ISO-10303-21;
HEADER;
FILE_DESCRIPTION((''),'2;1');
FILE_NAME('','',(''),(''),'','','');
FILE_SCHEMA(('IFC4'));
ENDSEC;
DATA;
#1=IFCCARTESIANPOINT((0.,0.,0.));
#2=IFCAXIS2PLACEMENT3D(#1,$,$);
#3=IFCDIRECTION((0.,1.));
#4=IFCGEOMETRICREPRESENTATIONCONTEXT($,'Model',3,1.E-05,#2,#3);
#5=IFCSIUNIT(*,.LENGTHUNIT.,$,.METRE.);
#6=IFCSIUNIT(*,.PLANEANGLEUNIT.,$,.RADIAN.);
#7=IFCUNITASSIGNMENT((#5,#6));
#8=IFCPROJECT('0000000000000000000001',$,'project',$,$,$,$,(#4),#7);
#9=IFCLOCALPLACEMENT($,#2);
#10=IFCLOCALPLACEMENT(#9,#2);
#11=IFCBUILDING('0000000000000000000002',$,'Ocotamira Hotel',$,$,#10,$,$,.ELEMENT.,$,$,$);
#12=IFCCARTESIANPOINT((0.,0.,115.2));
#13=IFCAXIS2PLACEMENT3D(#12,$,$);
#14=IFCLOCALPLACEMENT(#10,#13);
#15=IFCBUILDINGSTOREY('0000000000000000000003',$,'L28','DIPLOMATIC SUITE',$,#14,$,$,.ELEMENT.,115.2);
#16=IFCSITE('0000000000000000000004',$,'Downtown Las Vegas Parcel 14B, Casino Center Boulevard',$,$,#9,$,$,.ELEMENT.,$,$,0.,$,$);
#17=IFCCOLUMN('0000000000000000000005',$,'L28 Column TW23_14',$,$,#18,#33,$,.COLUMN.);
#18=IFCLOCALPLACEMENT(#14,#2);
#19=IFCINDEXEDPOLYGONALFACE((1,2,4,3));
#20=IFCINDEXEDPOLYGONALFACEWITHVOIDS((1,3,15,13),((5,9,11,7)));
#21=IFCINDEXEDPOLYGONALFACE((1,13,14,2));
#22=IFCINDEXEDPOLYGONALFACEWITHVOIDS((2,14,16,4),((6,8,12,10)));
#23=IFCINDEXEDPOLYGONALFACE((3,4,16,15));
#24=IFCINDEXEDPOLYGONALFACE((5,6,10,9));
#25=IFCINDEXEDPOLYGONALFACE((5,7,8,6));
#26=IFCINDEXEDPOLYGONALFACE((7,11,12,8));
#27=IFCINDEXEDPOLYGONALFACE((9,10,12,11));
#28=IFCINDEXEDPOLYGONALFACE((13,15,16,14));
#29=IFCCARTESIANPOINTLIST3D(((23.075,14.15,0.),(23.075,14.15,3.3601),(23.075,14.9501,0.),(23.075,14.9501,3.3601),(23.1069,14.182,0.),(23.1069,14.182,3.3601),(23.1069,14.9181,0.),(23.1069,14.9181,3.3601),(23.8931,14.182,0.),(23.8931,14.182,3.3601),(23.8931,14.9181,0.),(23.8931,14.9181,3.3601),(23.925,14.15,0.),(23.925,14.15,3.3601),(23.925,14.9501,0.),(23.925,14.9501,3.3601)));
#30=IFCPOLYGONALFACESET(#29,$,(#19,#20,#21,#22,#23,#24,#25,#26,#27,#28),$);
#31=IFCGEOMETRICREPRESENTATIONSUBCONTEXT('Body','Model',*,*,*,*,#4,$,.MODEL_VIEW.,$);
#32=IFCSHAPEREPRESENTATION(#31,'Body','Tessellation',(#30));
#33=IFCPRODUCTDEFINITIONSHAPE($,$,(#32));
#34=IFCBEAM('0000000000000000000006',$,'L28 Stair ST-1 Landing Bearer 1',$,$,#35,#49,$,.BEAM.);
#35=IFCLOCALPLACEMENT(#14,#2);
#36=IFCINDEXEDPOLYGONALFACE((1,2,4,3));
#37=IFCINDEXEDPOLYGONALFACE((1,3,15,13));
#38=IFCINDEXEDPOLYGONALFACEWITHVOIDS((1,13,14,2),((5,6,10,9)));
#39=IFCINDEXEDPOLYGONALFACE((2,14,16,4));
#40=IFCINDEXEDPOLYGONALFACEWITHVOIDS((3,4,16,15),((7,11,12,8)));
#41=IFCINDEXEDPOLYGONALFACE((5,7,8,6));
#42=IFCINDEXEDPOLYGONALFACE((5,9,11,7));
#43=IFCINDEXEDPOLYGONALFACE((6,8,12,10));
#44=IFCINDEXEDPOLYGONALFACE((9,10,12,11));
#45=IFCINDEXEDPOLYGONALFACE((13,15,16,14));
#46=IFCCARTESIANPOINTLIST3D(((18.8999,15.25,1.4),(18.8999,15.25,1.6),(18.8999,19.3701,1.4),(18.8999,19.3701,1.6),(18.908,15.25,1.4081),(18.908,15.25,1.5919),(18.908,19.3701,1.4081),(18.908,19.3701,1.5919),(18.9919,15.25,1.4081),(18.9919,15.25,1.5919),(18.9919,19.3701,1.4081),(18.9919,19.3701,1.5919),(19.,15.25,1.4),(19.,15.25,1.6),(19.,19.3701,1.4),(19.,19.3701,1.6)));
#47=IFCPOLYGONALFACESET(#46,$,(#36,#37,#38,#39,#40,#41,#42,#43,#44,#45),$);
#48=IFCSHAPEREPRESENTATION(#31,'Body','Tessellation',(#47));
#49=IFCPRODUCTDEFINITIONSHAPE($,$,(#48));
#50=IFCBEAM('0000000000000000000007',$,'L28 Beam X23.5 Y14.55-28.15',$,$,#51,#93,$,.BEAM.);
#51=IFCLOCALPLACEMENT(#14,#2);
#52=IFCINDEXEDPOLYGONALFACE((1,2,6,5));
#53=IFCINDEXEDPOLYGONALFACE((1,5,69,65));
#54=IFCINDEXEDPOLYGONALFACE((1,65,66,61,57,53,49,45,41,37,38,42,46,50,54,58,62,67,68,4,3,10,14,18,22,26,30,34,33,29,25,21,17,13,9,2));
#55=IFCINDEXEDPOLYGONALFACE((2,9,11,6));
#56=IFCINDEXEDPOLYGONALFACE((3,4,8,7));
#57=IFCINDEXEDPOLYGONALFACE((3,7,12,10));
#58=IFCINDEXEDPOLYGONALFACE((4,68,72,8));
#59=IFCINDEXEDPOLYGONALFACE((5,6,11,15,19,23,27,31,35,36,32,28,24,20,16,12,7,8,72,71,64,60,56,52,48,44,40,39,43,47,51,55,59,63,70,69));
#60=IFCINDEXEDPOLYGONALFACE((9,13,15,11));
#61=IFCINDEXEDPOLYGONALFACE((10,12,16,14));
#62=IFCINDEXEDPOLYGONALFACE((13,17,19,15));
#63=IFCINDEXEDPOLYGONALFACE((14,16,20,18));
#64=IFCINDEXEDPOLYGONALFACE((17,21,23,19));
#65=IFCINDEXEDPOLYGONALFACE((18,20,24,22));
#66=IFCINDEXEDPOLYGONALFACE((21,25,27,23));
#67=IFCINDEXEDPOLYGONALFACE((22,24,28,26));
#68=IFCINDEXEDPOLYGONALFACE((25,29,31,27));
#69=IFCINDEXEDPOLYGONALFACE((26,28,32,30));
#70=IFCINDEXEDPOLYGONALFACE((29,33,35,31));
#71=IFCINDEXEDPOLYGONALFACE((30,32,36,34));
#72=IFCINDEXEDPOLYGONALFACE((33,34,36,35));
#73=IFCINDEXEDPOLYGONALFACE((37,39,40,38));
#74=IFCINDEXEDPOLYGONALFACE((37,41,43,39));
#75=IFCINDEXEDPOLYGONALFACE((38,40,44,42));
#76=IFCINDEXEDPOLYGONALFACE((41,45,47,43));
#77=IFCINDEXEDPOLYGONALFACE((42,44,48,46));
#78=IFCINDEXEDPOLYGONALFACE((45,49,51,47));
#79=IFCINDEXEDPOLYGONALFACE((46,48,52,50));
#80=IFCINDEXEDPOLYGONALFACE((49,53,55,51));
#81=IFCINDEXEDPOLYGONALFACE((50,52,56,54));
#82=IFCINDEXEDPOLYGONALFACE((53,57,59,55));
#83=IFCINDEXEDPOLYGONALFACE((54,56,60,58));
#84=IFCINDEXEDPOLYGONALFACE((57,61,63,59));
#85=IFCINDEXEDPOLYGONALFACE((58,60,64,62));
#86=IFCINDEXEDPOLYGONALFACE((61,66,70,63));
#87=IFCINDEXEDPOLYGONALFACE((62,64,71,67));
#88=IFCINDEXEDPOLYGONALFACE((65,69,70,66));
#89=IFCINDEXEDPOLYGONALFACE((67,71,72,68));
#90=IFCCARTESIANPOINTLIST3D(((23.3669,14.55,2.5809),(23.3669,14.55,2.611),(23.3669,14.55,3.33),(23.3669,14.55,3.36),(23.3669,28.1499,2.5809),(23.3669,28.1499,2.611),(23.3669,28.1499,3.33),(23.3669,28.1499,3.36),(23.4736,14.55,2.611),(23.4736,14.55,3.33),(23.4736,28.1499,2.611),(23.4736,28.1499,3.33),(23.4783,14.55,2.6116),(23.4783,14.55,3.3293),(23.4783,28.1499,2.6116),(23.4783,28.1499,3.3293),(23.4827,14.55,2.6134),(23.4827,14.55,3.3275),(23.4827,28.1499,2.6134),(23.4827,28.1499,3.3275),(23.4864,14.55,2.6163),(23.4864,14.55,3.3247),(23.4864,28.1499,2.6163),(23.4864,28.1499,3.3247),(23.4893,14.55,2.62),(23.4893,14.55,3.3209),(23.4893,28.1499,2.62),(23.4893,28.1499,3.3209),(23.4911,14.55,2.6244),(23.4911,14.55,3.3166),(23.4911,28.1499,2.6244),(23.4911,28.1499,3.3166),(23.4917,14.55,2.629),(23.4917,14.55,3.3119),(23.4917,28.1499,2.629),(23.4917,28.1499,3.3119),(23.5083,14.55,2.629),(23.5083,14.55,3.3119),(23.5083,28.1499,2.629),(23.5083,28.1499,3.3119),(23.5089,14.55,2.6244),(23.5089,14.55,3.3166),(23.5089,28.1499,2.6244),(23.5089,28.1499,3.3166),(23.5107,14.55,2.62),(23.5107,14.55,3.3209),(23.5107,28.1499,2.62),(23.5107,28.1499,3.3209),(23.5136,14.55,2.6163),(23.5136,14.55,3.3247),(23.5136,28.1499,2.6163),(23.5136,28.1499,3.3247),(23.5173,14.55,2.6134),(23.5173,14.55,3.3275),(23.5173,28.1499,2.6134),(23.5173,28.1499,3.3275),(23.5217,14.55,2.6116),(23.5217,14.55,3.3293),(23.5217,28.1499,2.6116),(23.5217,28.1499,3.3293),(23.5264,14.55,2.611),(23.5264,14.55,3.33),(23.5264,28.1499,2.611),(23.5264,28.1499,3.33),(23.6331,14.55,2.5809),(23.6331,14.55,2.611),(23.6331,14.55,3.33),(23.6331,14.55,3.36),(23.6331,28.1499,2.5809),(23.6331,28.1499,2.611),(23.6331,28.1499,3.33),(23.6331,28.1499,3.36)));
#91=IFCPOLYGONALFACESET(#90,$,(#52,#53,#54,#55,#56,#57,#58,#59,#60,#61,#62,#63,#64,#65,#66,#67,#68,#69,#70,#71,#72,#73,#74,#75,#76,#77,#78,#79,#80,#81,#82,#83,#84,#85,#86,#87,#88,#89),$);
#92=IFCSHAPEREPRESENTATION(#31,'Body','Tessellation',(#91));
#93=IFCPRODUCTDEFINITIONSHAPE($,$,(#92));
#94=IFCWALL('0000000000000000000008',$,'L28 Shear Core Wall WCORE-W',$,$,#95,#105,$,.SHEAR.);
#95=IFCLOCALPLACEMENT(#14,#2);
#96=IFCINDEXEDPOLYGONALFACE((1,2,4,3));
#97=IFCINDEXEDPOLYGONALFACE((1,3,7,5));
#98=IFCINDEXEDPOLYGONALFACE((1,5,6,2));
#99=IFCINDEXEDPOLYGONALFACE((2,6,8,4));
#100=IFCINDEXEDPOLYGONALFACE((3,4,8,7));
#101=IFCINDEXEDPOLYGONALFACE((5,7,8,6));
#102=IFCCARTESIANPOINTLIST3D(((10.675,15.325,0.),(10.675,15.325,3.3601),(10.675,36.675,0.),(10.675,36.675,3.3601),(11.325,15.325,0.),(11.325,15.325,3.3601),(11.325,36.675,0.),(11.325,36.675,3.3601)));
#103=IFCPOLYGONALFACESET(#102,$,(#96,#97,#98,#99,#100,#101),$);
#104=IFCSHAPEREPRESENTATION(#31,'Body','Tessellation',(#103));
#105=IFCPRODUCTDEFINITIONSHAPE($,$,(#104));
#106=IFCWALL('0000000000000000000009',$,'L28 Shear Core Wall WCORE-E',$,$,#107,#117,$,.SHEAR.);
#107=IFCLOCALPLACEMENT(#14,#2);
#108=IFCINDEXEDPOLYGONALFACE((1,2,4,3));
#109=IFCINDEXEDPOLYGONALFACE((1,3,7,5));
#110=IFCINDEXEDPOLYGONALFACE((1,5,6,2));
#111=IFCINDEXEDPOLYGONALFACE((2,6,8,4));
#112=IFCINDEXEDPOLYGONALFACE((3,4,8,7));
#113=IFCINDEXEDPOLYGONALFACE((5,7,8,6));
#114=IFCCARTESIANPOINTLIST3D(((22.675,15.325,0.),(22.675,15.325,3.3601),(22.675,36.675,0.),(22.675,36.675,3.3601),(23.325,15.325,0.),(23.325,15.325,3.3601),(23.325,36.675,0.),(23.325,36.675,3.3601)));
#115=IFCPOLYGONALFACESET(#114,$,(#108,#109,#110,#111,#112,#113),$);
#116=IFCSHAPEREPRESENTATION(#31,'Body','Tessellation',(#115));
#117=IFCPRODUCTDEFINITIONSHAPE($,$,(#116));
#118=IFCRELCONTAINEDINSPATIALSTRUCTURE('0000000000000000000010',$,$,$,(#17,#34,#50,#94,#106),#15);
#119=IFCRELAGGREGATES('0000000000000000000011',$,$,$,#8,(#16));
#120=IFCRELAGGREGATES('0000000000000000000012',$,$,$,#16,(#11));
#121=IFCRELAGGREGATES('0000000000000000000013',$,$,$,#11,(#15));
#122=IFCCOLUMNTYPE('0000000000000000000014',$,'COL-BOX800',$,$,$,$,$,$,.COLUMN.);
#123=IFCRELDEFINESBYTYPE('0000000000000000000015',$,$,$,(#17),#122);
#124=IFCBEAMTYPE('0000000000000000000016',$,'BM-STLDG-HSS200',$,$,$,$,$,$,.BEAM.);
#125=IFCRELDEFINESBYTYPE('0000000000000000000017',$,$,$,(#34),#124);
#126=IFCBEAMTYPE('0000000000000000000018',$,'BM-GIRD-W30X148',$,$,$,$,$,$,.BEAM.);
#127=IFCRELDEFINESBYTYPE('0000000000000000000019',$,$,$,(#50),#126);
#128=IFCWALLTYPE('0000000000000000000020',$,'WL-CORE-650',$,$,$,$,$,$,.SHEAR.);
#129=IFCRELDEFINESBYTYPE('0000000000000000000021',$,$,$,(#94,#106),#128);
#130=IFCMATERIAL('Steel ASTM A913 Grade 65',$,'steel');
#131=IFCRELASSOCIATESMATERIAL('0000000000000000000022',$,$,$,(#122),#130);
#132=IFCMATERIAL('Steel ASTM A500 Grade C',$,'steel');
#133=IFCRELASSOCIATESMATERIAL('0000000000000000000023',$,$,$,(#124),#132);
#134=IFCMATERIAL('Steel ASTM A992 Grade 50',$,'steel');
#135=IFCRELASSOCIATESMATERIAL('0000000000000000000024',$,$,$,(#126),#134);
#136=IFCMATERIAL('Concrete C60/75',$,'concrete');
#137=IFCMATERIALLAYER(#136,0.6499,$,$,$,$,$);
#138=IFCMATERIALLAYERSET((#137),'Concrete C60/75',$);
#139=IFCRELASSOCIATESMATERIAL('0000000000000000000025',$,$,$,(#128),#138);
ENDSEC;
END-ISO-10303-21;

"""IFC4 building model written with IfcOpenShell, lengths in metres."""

from ifc_helpers import new_model, si_unit, direction, frame, frame_2d, origin, origin_2d, place, context, subcontext, project, spatial, rectangle, hollow_rectangle, i_section, extrude, source, transform, mapped, material, layer, layer_set, material_profile, profile_set, type_object, element, save


model = new_model("IFC4")

# Units and contexts
model_context = context("Model", 3, precision=1e-05, world=origin(), true_north=direction((0.0, 1.0)))
body_context = subcontext(model_context, "Body", "Model", "MODEL_VIEW")
ifc_project = project(units=[si_unit("LENGTHUNIT", "METRE"), si_unit("PLANEANGLEUNIT", "RADIAN")], contexts=[model_context])

# Site, building, storey
site_placement = place(None, origin())
site = spatial("IfcSite", under=ifc_project, at=site_placement, Name="Downtown Las Vegas Parcel 14B, Casino Center Boulevard", CompositionType="ELEMENT", RefElevation=0.0)
building_placement = place(site_placement, origin())
building = spatial("IfcBuilding", under=site, at=building_placement, Name="Ocotamira Hotel", CompositionType="ELEMENT")
storey_placement = place(building_placement, frame((0.0, 0.0, 115.2)))
storey = spatial("IfcBuildingStorey", under=building, at=storey_placement, Name="L28", Description="DIPLOMATIC SUITE", CompositionType="ELEMENT", Elevation=115.2)

# Column
ifc_material_1 = material(Name="Steel ASTM A913 Grade 65", Category="steel")
ifc_material_profile_1 = material_profile(ifc_material_1, hollow_rectangle(XDim=0.8501, YDim=0.8, WallThickness=0.032, at=origin_2d()), Name="BOX800X850X32")
ifc_profile_set_1 = profile_set([ifc_material_profile_1], Name="Steel ASTM A913 Grade 65")
column_type = type_object("IfcColumnType", Name="COL-BOX800", PredefinedType="COLUMN", material=ifc_profile_set_1)
shared_shape_1 = source(origin(), body_context, "Body", "SweptSolid", [
    extrude(hollow_rectangle(XDim=0.8501, YDim=0.8, WallThickness=0.032, at=origin_2d()), origin(), (0.0, 0.0, 1.0), 3.3601),
])
column_placement = place(storey_placement, frame((23.5, 14.55, 0.0), z_axis=(0.0, 0.0, 1.0), x_axis=(1.0, 0.0, 0.0)))
element("IfcColumn", 1, at=column_placement, inside=storey, type_object=column_type, Name="L28 Column TW23_14", PredefinedType="COLUMN", context=body_context, shape_type="MappedRepresentation", body=[
    mapped(shared_shape_1, transform((0.0, 0.0, 0.0), scale=1.0)),
])

# Beams
ifc_material_2 = material(Name="Steel ASTM A500 Grade C", Category="steel")
ifc_material_profile_2 = material_profile(ifc_material_2, hollow_rectangle(XDim=0.1001, YDim=0.2, WallThickness=0.0081, at=origin_2d()), Name="HSS200X100X8")
ifc_profile_set_2 = profile_set([ifc_material_profile_2], Name="Steel ASTM A500 Grade C")
beam_type_1 = type_object("IfcBeamType", Name="BM-STLDG-HSS200", PredefinedType="BEAM", material=ifc_profile_set_2)
shared_shape_2 = source(origin(), body_context, "Body", "SweptSolid", [
    extrude(hollow_rectangle(XDim=0.1001, YDim=0.2, WallThickness=0.0081, at=origin_2d()), origin(), (0.0, 0.0, 1.0), 4.1201),
])
beam_1_placement = place(storey_placement, frame((18.95, 15.25, 1.5), z_axis=(0.0, 1.0, 0.0), x_axis=(-1.0, 0.0, 0.0)))
element("IfcBeam", 2, at=beam_1_placement, inside=storey, type_object=beam_type_1, Name="L28 Stair ST-1 Landing Bearer 1", PredefinedType="BEAM", context=body_context, shape_type="MappedRepresentation", body=[
    mapped(shared_shape_2, transform((0.0, 0.0, 0.0), scale=1.0)),
])
ifc_material_3 = material(Name="Steel ASTM A992 Grade 50", Category="steel")
ifc_material_profile_3 = material_profile(ifc_material_3, i_section(OverallWidth=0.2661, OverallDepth=0.7791, WebThickness=0.0166, FlangeThickness=0.03, FilletRadius=0.0181, at=origin_2d()), Name="W30X148")
ifc_profile_set_3 = profile_set([ifc_material_profile_3], Name="Steel ASTM A992 Grade 50")
beam_type_2 = type_object("IfcBeamType", Name="BM-GIRD-W30X148", PredefinedType="BEAM", material=ifc_profile_set_3)
shared_shape_3 = source(origin(), body_context, "Body", "SweptSolid", [
    extrude(i_section(OverallWidth=0.2661, OverallDepth=0.7791, WebThickness=0.0166, FlangeThickness=0.03, FilletRadius=0.0181, at=origin_2d()), origin(), (0.0, 0.0, 1.0), 13.5999),
])
beam_2_placement = place(storey_placement, frame((23.5, 14.55, 2.9705), z_axis=(0.0, 1.0, 0.0), x_axis=(-1.0, 0.0, 0.0)))
element("IfcBeam", 3, at=beam_2_placement, inside=storey, type_object=beam_type_2, Name="L28 Beam X23.5 Y14.55-28.15", PredefinedType="BEAM", context=body_context, shape_type="MappedRepresentation", body=[
    mapped(shared_shape_3, transform((0.0, 0.0, 0.0), scale=1.0)),
])

# Walls
ifc_material_4 = material(Name="Concrete C60/75", Category="concrete")
ifc_layer_1 = layer(ifc_material_4, 0.6499)
ifc_layer_set_1 = layer_set([ifc_layer_1], Name="Concrete C60/75")
wall_type_1 = type_object("IfcWallType", Name="WL-CORE-650", PredefinedType="SHEAR", material=ifc_layer_set_1)
for number, where, z_axis, x_axis, name in (
    (4, (11.0, 15.325, 0.0), (0.0, 0.0, 1.0), (0.0, 1.0, 0.0), "L28 Shear Core Wall WCORE-W"),
    (5, (23.0, 15.325, 0.0), (0.0, 0.0, 1.0), (0.0, 1.0, 0.0), "L28 Shear Core Wall WCORE-E"),
):
    element("IfcWall", number, at=place(storey_placement, frame(where, z_axis=z_axis, x_axis=x_axis)), inside=storey, type_object=wall_type_1, Name=name, PredefinedType="SHEAR", context=body_context, shape_type="SweptSolid", body=[
        extrude(rectangle(XDim=21.3501, YDim=0.6499, at=frame_2d((10.675, 0.0))), origin(), (0.0, 0.0, 1.0), 3.3601),
    ])

save(model, "model.ifc")
